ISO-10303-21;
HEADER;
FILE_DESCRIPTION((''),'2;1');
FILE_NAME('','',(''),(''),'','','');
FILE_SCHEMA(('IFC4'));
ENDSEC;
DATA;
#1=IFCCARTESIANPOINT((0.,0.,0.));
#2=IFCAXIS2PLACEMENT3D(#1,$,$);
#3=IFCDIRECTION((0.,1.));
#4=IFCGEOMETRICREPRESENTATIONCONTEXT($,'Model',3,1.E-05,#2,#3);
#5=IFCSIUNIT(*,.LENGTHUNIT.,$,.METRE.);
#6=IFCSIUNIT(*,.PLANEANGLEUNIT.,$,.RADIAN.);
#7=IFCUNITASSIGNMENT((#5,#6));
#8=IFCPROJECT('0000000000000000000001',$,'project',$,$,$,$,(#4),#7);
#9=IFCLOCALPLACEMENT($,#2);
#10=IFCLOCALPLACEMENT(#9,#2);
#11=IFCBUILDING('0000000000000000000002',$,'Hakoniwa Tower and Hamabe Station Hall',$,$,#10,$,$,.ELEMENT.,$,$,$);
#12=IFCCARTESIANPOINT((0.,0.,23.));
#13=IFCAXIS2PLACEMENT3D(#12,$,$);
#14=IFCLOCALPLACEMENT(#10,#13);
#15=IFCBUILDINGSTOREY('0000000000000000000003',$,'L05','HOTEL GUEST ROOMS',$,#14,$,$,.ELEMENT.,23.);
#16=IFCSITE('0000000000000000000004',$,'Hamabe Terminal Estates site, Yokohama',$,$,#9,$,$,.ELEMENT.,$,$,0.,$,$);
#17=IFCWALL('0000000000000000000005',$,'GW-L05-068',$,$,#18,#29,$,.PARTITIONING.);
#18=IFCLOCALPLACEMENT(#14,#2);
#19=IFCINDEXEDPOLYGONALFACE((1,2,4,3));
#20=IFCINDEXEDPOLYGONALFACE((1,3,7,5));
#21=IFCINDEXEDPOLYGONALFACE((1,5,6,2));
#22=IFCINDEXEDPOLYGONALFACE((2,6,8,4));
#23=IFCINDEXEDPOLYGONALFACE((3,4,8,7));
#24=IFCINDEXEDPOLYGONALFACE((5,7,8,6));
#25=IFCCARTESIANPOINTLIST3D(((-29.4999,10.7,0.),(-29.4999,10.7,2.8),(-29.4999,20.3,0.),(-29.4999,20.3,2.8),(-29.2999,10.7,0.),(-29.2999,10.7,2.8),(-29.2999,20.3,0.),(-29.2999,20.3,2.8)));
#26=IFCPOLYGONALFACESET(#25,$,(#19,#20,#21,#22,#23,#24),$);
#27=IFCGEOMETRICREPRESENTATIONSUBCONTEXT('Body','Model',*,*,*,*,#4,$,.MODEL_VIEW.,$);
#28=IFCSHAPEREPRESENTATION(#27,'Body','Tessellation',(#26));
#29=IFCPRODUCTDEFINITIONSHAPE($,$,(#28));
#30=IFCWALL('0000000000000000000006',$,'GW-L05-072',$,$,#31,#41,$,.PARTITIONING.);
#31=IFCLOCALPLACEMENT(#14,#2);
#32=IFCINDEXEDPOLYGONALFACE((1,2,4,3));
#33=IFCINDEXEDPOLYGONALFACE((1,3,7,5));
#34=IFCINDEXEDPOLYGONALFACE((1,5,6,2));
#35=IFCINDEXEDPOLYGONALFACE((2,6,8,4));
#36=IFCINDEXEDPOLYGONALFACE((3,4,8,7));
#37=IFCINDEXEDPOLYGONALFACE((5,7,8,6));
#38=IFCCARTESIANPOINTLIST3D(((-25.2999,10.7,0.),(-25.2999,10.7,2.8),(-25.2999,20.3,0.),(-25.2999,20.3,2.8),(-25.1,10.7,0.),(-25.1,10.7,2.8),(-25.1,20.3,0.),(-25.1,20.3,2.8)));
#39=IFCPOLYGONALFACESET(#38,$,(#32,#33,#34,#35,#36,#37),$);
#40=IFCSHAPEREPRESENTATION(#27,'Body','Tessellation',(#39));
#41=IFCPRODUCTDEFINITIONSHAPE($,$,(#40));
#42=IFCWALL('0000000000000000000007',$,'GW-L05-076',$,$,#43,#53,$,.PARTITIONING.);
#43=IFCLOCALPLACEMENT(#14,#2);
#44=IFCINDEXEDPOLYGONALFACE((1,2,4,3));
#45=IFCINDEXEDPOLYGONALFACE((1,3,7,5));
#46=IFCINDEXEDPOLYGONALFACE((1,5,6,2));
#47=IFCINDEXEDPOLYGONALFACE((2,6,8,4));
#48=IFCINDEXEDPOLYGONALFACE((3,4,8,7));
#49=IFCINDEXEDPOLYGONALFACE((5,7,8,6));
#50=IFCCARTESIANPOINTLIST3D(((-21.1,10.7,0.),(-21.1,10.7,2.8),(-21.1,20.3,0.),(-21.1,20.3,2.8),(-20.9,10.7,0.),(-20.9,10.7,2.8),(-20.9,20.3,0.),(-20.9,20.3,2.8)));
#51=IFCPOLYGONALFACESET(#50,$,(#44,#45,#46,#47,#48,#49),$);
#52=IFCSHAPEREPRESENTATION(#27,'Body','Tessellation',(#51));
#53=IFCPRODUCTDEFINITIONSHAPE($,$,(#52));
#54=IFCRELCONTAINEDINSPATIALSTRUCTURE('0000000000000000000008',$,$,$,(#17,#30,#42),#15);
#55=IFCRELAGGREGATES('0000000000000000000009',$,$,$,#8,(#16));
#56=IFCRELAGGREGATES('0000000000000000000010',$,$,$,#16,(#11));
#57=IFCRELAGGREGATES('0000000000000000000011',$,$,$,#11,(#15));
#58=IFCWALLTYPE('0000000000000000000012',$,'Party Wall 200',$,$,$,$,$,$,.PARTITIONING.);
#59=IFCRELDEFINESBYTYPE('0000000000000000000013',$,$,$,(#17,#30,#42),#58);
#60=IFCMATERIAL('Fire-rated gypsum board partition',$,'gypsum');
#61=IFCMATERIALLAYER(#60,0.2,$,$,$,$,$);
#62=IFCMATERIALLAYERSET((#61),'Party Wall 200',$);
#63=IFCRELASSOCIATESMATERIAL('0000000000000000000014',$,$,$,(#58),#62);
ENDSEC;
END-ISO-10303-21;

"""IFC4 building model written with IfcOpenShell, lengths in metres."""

from ifc_helpers import new_model, si_unit, direction, frame, frame_2d, origin, place, context, subcontext, project, spatial, rectangle, extrude, material, layer, layer_set, type_object, element, save


model = new_model("IFC4")

# Units and contexts
model_context = context("Model", 3, precision=1e-05, world=origin(), true_north=direction((0.0, 1.0)))
body_context = subcontext(model_context, "Body", "Model", "MODEL_VIEW")
ifc_project = project(units=[si_unit("LENGTHUNIT", "METRE"), si_unit("PLANEANGLEUNIT", "RADIAN")], contexts=[model_context])

# Site, building, storey
site_placement = place(None, origin())
site = spatial("IfcSite", under=ifc_project, at=site_placement, Name="Hamabe Terminal Estates site, Yokohama", CompositionType="ELEMENT", RefElevation=0.0)
building_placement = place(site_placement, origin())
building = spatial("IfcBuilding", under=site, at=building_placement, Name="Hakoniwa Tower and Hamabe Station Hall", CompositionType="ELEMENT")
storey_placement = place(building_placement, frame((0.0, 0.0, 23.0)))
storey = spatial("IfcBuildingStorey", under=building, at=storey_placement, Name="L05", Description="HOTEL GUEST ROOMS", CompositionType="ELEMENT", Elevation=23.0)

# Walls
ifc_material_1 = material(Name="Fire-rated gypsum board partition", Category="gypsum")
ifc_layer_1 = layer(ifc_material_1, 0.2)
ifc_layer_set_1 = layer_set([ifc_layer_1], Name="Party Wall 200")
wall_type_1 = type_object("IfcWallType", Name="Party Wall 200", PredefinedType="PARTITIONING", material=ifc_layer_set_1)
for number, where, z_axis, x_axis, name in (
    (1, (-29.3999, 10.7, 0.0), (0.0, 0.0, 1.0), (0.0, 1.0, 0.0), "GW-L05-068"),
    (2, (-25.2, 10.7, 0.0), (0.0, 0.0, 1.0), (0.0, 1.0, 0.0), "GW-L05-072"),
    (3, (-21.0, 10.7, 0.0), (0.0, 0.0, 1.0), (0.0, 1.0, 0.0), "GW-L05-076"),
):
    element("IfcWall", number, at=place(storey_placement, frame(where, z_axis=z_axis, x_axis=x_axis)), inside=storey, type_object=wall_type_1, Name=name, PredefinedType="PARTITIONING", context=body_context, shape_type="SweptSolid", body=[
        extrude(rectangle(XDim=9.6001, YDim=0.2, at=frame_2d((4.8, 0.0))), origin(), (0.0, 0.0, 1.0), 2.8),
    ])

save(model, "model.ifc")
